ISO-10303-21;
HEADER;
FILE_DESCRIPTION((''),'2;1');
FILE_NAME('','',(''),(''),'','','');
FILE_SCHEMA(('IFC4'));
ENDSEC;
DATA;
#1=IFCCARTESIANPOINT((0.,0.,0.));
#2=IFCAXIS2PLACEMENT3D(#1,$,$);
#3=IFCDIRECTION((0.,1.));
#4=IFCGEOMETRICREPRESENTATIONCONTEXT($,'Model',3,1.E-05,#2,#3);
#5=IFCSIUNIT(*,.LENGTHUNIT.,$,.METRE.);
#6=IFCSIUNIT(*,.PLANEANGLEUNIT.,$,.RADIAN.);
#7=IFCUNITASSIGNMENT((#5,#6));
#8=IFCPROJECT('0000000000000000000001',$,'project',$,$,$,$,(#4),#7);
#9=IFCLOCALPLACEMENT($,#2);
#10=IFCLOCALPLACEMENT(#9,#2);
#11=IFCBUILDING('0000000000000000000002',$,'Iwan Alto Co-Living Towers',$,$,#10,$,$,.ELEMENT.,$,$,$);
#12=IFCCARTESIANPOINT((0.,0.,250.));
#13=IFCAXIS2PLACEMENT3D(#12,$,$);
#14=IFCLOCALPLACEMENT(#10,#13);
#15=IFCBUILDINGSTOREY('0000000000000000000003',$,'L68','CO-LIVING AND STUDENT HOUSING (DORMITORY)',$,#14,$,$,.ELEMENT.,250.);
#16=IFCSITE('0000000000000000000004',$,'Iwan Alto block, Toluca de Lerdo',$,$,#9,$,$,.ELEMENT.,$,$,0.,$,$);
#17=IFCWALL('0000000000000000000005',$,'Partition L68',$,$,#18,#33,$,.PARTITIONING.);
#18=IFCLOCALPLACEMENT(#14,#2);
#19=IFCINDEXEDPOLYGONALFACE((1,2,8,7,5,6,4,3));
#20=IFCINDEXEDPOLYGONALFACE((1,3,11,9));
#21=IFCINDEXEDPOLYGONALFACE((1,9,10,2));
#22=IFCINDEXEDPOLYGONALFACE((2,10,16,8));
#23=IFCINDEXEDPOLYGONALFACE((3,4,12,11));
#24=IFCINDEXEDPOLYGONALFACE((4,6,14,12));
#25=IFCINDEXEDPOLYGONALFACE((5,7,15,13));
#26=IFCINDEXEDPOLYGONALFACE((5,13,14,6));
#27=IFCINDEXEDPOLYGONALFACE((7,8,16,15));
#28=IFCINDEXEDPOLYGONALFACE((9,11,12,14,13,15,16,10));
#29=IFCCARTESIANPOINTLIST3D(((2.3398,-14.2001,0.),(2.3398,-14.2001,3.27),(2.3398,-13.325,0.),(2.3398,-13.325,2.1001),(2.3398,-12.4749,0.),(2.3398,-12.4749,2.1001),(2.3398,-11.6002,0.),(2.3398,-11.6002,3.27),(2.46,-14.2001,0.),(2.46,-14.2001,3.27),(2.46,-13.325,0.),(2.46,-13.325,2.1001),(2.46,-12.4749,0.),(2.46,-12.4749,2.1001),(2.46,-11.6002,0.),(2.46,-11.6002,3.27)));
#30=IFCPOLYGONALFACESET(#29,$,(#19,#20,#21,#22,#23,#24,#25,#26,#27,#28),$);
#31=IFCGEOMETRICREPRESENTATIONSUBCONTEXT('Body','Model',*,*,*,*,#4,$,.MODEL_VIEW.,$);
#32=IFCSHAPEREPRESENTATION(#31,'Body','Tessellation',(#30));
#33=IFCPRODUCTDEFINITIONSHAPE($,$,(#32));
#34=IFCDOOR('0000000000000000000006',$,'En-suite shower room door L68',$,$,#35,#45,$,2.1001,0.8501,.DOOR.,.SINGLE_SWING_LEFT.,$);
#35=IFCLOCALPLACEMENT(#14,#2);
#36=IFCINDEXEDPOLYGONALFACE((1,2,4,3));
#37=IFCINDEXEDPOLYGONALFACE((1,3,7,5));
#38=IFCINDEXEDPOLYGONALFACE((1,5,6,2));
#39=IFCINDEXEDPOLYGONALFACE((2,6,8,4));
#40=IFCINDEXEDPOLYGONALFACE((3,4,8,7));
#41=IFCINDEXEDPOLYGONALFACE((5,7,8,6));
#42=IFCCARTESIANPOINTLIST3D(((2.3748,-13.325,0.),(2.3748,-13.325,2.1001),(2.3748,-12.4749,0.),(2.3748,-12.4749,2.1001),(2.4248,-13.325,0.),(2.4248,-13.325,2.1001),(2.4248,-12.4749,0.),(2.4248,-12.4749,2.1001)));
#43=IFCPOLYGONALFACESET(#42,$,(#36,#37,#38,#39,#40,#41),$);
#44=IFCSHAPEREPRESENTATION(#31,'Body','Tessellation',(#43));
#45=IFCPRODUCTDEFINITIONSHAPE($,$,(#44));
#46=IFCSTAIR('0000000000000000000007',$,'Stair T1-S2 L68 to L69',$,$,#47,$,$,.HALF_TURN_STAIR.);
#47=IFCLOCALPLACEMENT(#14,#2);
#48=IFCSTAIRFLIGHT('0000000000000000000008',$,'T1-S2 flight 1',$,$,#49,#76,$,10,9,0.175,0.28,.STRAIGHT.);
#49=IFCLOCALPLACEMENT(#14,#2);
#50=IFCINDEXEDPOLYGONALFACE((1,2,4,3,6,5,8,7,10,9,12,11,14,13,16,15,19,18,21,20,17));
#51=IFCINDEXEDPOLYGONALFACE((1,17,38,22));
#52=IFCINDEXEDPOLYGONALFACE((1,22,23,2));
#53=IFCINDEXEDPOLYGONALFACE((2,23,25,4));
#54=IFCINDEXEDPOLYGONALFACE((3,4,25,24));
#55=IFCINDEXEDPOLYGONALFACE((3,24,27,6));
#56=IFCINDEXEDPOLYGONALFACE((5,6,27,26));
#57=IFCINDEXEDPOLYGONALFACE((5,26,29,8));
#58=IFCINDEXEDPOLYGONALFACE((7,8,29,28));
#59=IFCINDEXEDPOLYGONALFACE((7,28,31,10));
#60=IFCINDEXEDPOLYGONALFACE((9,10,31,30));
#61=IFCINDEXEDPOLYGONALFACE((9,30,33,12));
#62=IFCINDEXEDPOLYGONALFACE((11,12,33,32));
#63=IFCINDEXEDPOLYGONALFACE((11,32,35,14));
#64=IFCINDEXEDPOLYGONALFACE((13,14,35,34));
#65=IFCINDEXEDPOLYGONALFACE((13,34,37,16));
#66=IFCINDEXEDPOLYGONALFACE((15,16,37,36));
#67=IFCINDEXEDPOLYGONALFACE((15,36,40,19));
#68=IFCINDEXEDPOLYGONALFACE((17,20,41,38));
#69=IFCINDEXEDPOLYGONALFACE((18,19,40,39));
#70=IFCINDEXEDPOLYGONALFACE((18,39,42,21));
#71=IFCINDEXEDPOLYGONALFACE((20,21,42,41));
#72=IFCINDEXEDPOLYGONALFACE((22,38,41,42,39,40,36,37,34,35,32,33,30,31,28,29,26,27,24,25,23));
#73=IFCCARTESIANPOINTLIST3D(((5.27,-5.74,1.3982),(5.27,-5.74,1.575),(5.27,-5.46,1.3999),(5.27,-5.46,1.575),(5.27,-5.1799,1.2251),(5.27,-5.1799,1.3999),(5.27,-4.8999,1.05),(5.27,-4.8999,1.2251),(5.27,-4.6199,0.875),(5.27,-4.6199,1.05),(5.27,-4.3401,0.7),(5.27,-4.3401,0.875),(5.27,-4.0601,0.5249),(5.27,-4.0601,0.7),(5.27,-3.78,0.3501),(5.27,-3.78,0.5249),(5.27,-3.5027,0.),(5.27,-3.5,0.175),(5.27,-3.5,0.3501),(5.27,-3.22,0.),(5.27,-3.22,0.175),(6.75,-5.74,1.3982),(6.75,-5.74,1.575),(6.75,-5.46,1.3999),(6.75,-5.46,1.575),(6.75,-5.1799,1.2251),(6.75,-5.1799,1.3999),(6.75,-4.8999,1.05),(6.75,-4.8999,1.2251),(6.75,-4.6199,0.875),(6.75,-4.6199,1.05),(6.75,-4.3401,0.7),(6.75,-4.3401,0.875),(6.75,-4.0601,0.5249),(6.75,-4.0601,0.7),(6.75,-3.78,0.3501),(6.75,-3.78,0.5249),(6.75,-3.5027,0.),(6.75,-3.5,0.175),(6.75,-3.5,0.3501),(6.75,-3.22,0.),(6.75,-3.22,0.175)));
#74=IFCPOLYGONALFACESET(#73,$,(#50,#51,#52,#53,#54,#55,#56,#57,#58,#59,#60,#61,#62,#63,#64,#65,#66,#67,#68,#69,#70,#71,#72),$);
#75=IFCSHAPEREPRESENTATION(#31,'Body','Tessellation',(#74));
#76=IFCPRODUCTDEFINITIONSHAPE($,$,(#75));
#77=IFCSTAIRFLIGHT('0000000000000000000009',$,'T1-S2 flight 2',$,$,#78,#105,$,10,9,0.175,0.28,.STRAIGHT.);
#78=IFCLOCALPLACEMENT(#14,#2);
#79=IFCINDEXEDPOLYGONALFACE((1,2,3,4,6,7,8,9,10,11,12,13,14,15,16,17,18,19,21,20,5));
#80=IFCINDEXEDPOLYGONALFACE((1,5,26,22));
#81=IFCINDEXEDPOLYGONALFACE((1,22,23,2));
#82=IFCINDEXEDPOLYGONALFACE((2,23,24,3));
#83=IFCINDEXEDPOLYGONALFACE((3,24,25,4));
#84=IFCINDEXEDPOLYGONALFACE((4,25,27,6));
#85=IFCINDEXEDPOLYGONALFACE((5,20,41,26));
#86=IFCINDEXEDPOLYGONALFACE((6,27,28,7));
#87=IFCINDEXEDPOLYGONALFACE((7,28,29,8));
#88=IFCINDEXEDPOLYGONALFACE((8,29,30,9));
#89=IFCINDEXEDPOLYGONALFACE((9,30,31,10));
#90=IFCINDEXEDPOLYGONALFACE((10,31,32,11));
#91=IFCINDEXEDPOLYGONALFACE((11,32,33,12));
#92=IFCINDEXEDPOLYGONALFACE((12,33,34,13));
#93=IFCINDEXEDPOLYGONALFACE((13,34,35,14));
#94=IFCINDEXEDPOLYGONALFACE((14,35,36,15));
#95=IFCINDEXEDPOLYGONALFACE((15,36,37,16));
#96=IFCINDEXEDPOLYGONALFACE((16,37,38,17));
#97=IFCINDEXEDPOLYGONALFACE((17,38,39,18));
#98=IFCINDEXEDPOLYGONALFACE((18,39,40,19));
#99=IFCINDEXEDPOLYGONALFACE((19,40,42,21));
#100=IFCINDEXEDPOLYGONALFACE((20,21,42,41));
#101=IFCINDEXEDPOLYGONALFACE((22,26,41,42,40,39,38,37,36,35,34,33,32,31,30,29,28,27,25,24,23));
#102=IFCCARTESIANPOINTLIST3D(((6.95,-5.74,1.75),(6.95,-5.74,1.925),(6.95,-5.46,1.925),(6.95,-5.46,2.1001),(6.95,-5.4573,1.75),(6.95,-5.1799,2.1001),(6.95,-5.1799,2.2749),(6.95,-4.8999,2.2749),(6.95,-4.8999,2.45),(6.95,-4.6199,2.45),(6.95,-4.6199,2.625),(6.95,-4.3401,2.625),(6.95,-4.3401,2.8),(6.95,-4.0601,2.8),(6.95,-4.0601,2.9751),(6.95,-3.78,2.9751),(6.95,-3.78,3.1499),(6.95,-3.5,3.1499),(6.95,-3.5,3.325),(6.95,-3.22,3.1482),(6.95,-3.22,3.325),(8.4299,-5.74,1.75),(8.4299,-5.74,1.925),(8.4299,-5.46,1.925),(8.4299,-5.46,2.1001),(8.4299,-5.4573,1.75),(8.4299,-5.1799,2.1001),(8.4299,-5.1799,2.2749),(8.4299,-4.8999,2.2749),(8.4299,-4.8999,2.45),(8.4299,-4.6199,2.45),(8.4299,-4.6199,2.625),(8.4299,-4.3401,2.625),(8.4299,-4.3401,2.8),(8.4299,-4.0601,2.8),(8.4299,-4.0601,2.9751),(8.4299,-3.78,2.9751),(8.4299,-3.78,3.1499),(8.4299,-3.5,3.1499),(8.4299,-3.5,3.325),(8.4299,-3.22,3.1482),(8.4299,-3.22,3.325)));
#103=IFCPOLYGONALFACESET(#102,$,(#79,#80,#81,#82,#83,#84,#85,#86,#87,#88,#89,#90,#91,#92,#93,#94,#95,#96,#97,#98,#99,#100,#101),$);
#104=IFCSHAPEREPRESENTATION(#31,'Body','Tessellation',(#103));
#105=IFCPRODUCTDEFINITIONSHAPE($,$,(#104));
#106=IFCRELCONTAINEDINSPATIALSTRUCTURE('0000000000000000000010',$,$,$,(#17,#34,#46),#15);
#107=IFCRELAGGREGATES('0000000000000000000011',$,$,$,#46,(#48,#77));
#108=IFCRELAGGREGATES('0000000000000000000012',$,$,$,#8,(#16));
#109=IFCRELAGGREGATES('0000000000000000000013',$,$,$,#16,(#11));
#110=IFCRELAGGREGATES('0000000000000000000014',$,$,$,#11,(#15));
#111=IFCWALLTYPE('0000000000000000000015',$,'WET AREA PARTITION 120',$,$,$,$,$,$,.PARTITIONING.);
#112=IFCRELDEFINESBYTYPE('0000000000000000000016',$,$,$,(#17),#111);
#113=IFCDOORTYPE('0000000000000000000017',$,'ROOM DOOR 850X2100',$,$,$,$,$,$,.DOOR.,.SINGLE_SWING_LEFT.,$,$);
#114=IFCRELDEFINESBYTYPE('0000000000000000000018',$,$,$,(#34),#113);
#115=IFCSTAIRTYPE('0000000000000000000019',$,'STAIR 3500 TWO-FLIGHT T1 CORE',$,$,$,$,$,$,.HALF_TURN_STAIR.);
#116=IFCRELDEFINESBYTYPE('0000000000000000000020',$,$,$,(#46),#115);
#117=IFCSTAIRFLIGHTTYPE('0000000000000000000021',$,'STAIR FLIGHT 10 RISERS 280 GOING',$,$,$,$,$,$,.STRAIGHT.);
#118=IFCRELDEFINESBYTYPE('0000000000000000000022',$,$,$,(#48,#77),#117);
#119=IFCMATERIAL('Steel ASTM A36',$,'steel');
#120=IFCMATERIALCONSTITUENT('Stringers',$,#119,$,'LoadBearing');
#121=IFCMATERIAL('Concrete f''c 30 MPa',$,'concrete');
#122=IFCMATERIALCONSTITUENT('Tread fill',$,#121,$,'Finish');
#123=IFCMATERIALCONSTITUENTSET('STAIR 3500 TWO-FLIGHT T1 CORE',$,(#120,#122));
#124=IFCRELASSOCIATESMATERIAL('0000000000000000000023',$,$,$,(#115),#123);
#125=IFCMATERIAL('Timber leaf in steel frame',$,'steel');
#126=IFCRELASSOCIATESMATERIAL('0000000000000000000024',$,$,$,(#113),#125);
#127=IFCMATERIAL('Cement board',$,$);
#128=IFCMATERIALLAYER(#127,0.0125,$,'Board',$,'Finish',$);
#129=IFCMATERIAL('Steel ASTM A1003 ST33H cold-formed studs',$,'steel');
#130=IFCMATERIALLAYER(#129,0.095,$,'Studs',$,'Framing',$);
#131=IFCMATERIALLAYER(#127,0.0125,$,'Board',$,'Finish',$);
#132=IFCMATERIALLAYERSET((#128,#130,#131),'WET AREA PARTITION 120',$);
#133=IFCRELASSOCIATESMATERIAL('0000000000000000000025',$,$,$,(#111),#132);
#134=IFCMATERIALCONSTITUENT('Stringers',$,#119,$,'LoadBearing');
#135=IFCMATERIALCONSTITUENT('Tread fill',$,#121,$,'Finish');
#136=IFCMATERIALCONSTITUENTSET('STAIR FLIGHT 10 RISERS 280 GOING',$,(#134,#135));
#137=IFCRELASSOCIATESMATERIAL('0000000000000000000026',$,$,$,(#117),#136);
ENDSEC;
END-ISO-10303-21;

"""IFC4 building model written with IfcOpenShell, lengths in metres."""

from ifc_helpers import new_model, si_unit, direction, frame, frame_2d, origin, place, context, subcontext, project, spatial, polyline, rectangle, outline, extrude, material, layer, layer_set, constituent, constituent_set, type_object, element, fill, aggregate, save


model = new_model("IFC4")

# Units and contexts
model_context = context("Model", 3, precision=1e-05, world=origin(), true_north=direction((0.0, 1.0)))
body_context = subcontext(model_context, "Body", "Model", "MODEL_VIEW")
ifc_project = project(units=[si_unit("LENGTHUNIT", "METRE"), si_unit("PLANEANGLEUNIT", "RADIAN")], contexts=[model_context])

# Site, building, storey
site_placement = place(None, origin())
site = spatial("IfcSite", under=ifc_project, at=site_placement, Name="Iwan Alto block, Toluca de Lerdo", CompositionType="ELEMENT", RefElevation=0.0)
building_placement = place(site_placement, origin())
building = spatial("IfcBuilding", under=site, at=building_placement, Name="Iwan Alto Co-Living Towers", CompositionType="ELEMENT")
storey_placement = place(building_placement, frame((0.0, 0.0, 250.0)))
storey = spatial("IfcBuildingStorey", under=building, at=storey_placement, Name="L68", Description="CO-LIVING AND STUDENT HOUSING (DORMITORY)", CompositionType="ELEMENT", Elevation=250.0)

# Shared definitions
ifc_material_1 = material(Name="Steel ASTM A36", Category="steel")
ifc_constituent_1 = constituent(ifc_material_1, Name="Stringers", Category="LoadBearing")
ifc_material_2 = material(Name="Concrete f'c 30 MPa", Category="concrete")
ifc_constituent_2 = constituent(ifc_material_2, Name="Tread fill", Category="Finish")
ifc_constituent_set_1 = constituent_set(constituents=[ifc_constituent_1, ifc_constituent_2], Name="STAIR 3500 TWO-FLIGHT T1 CORE")
stair_type = type_object("IfcStairType", Name="STAIR 3500 TWO-FLIGHT T1 CORE", PredefinedType="HALF_TURN_STAIR", material=ifc_constituent_set_1)

# Shared definitions
ifc_material_3 = material(Name="Steel ASTM A1003 ST33H cold-formed studs", Category="steel")

# Shared definitions
ifc_material_4 = material(Name="Timber leaf in steel frame", Category="steel")
door_type_1 = type_object("IfcDoorType", Name="ROOM DOOR 850X2100", OperationType="SINGLE_SWING_LEFT", PredefinedType="DOOR", material=ifc_material_4)

# Wall, opening, door
ifc_material_5 = material(Name="Cement board")
ifc_layer_1 = layer(ifc_material_5, 0.0125, Name="Board", Category="Finish")
ifc_layer_2 = layer(ifc_material_3, 0.095, Name="Studs", Category="Framing")
ifc_layer_3 = layer(ifc_material_5, 0.0125, Name="Board", Category="Finish")
ifc_layer_set_1 = layer_set([ifc_layer_1, ifc_layer_2, ifc_layer_3], Name="WET AREA PARTITION 120")
wall_type_1 = type_object("IfcWallType", Name="WET AREA PARTITION 120", PredefinedType="PARTITIONING", material=ifc_layer_set_1)
wall_1_placement = place(storey_placement, frame((2.3999, -14.2, 0.0), z_axis=(0.0, 0.0, 1.0), x_axis=(0.0, 1.0, 0.0)))
wall_1 = element("IfcWall", 1, at=wall_1_placement, inside=storey, type_object=wall_type_1, Name="Partition L68", PredefinedType="PARTITIONING", context=body_context, shape_type="SweptSolid", body=[
    extrude(rectangle(XDim=2.5999, YDim=0.1201, at=frame_2d((1.2998, 0.0))), origin(), (0.0, 0.0, 1.0), 3.27),
])
opening_1_placement = place(wall_1_placement, frame((0.875, 0.0, 0.0)))
opening_1 = element("IfcOpeningElement", 2, at=opening_1_placement, cuts=wall_1, PredefinedType="OPENING", context=body_context, shape_type="SweptSolid", body=[
    extrude(rectangle(XDim=0.8501, YDim=2.1001, at=frame_2d((0.425, 1.05))), frame((0.0, 0.0701, 0.0), z_axis=(0.0, -1.0, 0.0), x_axis=(1.0, 0.0, 0.0)), (0.0, 0.0, 1.0), 0.1401),
])
door_1_placement = place(opening_1_placement, frame((0.8501, 0.0, 0.0), z_axis=(0.0, 0.0, 1.0), x_axis=(-1.0, 0.0, 0.0)))
door_1 = element("IfcDoor", 3, at=door_1_placement, inside=storey, type_object=door_type_1, Name="En-suite shower room door L68", OperationType="SINGLE_SWING_LEFT", OverallHeight=2.1001, OverallWidth=0.8501, PredefinedType="DOOR", context=body_context, shape_type="SweptSolid", body=[
    extrude(rectangle(XDim=0.8501, YDim=2.1001, at=frame_2d((0.425, 1.05))), frame((0.0, 0.0249, 0.0), z_axis=(0.0, -1.0, 0.0), x_axis=(1.0, 0.0, 0.0)), (0.0, 0.0, 1.0), 0.05),
])
fill(opening_1, door_1)

# Stair, stair flights
stair_1_placement = place(storey_placement, origin())
stair_1 = element("IfcStair", 4, at=stair_1_placement, inside=storey, type_object=stair_type, Name="Stair T1-S2 L68 to L69", PredefinedType="HALF_TURN_STAIR")
ifc_constituent_3 = constituent(ifc_material_1, Name="Stringers", Category="LoadBearing")
ifc_constituent_4 = constituent(ifc_material_2, Name="Tread fill", Category="Finish")
ifc_constituent_set_2 = constituent_set(constituents=[ifc_constituent_3, ifc_constituent_4], Name="STAIR FLIGHT 10 RISERS 280 GOING")
stair_flight_type = type_object("IfcStairFlightType", Name="STAIR FLIGHT 10 RISERS 280 GOING", PredefinedType="STRAIGHT", material=ifc_constituent_set_2)
stair_flight_1_placement = place(storey_placement, frame((6.01, -3.22, 0.0), z_axis=(0.0, 0.0, 1.0), x_axis=(0.0, -1.0, 0.0)))
stair_flight_1 = element("IfcStairFlight", 5, at=stair_flight_1_placement, type_object=stair_flight_type, Name="T1-S2 flight 1", NumberOfRisers=10, NumberOfTreads=9, PredefinedType="STRAIGHT", RiserHeight=0.175, TreadLength=0.28, context=body_context, shape_type="SweptSolid", body=[
    extrude(outline(polyline([(0.0, 0.0), (0.0, 0.175), (0.28, 0.175), (0.28, 0.3501), (0.5601, 0.3501), (0.5601, 0.5249), (0.8401, 0.5249), (0.8401, 0.7), (1.1201, 0.7), (1.1201, 0.875), (1.3999, 0.875), (1.3999, 1.05), (1.6799, 1.05), (1.6799, 1.2251), (1.96, 1.2251), (1.96, 1.3999), (2.24, 1.3999), (2.24, 1.575), (2.52, 1.575), (2.52, 1.75), (2.52, 1.3982), (0.2827, 0.0), (0.0, 0.0)])), frame((0.0, 0.74, 0.0), z_axis=(0.0, -1.0, 0.0), x_axis=(1.0, 0.0, 0.0)), (0.0, 0.0, 1.0), 1.48),
])
stair_flight_2_placement = place(storey_placement, frame((7.6899, -5.74, 1.75), z_axis=(0.0, 0.0, 1.0), x_axis=(0.0, 1.0, 0.0)))
stair_flight_2 = element("IfcStairFlight", 6, at=stair_flight_2_placement, type_object=stair_flight_type, Name="T1-S2 flight 2", NumberOfRisers=10, NumberOfTreads=9, PredefinedType="STRAIGHT", RiserHeight=0.175, TreadLength=0.28, context=body_context, shape_type="SweptSolid", body=[
    extrude(outline(polyline([(0.0, 0.0), (0.0, 0.175), (0.28, 0.175), (0.28, 0.3501), (0.5601, 0.3501), (0.5601, 0.5249), (0.8401, 0.5249), (0.8401, 0.7), (1.1201, 0.7), (1.1201, 0.875), (1.3999, 0.875), (1.3999, 1.05), (1.6799, 1.05), (1.6799, 1.2251), (1.96, 1.2251), (1.96, 1.3999), (2.24, 1.3999), (2.24, 1.575), (2.52, 1.575), (2.52, 1.75), (2.52, 1.3982), (0.2827, 0.0), (0.0, 0.0)])), frame((0.0, 0.74, 0.0), z_axis=(0.0, -1.0, 0.0), x_axis=(1.0, 0.0, 0.0)), (0.0, 0.0, 1.0), 1.48),
])
aggregate(stair_1, [stair_flight_1, stair_flight_2])

save(model, "model.ifc")
